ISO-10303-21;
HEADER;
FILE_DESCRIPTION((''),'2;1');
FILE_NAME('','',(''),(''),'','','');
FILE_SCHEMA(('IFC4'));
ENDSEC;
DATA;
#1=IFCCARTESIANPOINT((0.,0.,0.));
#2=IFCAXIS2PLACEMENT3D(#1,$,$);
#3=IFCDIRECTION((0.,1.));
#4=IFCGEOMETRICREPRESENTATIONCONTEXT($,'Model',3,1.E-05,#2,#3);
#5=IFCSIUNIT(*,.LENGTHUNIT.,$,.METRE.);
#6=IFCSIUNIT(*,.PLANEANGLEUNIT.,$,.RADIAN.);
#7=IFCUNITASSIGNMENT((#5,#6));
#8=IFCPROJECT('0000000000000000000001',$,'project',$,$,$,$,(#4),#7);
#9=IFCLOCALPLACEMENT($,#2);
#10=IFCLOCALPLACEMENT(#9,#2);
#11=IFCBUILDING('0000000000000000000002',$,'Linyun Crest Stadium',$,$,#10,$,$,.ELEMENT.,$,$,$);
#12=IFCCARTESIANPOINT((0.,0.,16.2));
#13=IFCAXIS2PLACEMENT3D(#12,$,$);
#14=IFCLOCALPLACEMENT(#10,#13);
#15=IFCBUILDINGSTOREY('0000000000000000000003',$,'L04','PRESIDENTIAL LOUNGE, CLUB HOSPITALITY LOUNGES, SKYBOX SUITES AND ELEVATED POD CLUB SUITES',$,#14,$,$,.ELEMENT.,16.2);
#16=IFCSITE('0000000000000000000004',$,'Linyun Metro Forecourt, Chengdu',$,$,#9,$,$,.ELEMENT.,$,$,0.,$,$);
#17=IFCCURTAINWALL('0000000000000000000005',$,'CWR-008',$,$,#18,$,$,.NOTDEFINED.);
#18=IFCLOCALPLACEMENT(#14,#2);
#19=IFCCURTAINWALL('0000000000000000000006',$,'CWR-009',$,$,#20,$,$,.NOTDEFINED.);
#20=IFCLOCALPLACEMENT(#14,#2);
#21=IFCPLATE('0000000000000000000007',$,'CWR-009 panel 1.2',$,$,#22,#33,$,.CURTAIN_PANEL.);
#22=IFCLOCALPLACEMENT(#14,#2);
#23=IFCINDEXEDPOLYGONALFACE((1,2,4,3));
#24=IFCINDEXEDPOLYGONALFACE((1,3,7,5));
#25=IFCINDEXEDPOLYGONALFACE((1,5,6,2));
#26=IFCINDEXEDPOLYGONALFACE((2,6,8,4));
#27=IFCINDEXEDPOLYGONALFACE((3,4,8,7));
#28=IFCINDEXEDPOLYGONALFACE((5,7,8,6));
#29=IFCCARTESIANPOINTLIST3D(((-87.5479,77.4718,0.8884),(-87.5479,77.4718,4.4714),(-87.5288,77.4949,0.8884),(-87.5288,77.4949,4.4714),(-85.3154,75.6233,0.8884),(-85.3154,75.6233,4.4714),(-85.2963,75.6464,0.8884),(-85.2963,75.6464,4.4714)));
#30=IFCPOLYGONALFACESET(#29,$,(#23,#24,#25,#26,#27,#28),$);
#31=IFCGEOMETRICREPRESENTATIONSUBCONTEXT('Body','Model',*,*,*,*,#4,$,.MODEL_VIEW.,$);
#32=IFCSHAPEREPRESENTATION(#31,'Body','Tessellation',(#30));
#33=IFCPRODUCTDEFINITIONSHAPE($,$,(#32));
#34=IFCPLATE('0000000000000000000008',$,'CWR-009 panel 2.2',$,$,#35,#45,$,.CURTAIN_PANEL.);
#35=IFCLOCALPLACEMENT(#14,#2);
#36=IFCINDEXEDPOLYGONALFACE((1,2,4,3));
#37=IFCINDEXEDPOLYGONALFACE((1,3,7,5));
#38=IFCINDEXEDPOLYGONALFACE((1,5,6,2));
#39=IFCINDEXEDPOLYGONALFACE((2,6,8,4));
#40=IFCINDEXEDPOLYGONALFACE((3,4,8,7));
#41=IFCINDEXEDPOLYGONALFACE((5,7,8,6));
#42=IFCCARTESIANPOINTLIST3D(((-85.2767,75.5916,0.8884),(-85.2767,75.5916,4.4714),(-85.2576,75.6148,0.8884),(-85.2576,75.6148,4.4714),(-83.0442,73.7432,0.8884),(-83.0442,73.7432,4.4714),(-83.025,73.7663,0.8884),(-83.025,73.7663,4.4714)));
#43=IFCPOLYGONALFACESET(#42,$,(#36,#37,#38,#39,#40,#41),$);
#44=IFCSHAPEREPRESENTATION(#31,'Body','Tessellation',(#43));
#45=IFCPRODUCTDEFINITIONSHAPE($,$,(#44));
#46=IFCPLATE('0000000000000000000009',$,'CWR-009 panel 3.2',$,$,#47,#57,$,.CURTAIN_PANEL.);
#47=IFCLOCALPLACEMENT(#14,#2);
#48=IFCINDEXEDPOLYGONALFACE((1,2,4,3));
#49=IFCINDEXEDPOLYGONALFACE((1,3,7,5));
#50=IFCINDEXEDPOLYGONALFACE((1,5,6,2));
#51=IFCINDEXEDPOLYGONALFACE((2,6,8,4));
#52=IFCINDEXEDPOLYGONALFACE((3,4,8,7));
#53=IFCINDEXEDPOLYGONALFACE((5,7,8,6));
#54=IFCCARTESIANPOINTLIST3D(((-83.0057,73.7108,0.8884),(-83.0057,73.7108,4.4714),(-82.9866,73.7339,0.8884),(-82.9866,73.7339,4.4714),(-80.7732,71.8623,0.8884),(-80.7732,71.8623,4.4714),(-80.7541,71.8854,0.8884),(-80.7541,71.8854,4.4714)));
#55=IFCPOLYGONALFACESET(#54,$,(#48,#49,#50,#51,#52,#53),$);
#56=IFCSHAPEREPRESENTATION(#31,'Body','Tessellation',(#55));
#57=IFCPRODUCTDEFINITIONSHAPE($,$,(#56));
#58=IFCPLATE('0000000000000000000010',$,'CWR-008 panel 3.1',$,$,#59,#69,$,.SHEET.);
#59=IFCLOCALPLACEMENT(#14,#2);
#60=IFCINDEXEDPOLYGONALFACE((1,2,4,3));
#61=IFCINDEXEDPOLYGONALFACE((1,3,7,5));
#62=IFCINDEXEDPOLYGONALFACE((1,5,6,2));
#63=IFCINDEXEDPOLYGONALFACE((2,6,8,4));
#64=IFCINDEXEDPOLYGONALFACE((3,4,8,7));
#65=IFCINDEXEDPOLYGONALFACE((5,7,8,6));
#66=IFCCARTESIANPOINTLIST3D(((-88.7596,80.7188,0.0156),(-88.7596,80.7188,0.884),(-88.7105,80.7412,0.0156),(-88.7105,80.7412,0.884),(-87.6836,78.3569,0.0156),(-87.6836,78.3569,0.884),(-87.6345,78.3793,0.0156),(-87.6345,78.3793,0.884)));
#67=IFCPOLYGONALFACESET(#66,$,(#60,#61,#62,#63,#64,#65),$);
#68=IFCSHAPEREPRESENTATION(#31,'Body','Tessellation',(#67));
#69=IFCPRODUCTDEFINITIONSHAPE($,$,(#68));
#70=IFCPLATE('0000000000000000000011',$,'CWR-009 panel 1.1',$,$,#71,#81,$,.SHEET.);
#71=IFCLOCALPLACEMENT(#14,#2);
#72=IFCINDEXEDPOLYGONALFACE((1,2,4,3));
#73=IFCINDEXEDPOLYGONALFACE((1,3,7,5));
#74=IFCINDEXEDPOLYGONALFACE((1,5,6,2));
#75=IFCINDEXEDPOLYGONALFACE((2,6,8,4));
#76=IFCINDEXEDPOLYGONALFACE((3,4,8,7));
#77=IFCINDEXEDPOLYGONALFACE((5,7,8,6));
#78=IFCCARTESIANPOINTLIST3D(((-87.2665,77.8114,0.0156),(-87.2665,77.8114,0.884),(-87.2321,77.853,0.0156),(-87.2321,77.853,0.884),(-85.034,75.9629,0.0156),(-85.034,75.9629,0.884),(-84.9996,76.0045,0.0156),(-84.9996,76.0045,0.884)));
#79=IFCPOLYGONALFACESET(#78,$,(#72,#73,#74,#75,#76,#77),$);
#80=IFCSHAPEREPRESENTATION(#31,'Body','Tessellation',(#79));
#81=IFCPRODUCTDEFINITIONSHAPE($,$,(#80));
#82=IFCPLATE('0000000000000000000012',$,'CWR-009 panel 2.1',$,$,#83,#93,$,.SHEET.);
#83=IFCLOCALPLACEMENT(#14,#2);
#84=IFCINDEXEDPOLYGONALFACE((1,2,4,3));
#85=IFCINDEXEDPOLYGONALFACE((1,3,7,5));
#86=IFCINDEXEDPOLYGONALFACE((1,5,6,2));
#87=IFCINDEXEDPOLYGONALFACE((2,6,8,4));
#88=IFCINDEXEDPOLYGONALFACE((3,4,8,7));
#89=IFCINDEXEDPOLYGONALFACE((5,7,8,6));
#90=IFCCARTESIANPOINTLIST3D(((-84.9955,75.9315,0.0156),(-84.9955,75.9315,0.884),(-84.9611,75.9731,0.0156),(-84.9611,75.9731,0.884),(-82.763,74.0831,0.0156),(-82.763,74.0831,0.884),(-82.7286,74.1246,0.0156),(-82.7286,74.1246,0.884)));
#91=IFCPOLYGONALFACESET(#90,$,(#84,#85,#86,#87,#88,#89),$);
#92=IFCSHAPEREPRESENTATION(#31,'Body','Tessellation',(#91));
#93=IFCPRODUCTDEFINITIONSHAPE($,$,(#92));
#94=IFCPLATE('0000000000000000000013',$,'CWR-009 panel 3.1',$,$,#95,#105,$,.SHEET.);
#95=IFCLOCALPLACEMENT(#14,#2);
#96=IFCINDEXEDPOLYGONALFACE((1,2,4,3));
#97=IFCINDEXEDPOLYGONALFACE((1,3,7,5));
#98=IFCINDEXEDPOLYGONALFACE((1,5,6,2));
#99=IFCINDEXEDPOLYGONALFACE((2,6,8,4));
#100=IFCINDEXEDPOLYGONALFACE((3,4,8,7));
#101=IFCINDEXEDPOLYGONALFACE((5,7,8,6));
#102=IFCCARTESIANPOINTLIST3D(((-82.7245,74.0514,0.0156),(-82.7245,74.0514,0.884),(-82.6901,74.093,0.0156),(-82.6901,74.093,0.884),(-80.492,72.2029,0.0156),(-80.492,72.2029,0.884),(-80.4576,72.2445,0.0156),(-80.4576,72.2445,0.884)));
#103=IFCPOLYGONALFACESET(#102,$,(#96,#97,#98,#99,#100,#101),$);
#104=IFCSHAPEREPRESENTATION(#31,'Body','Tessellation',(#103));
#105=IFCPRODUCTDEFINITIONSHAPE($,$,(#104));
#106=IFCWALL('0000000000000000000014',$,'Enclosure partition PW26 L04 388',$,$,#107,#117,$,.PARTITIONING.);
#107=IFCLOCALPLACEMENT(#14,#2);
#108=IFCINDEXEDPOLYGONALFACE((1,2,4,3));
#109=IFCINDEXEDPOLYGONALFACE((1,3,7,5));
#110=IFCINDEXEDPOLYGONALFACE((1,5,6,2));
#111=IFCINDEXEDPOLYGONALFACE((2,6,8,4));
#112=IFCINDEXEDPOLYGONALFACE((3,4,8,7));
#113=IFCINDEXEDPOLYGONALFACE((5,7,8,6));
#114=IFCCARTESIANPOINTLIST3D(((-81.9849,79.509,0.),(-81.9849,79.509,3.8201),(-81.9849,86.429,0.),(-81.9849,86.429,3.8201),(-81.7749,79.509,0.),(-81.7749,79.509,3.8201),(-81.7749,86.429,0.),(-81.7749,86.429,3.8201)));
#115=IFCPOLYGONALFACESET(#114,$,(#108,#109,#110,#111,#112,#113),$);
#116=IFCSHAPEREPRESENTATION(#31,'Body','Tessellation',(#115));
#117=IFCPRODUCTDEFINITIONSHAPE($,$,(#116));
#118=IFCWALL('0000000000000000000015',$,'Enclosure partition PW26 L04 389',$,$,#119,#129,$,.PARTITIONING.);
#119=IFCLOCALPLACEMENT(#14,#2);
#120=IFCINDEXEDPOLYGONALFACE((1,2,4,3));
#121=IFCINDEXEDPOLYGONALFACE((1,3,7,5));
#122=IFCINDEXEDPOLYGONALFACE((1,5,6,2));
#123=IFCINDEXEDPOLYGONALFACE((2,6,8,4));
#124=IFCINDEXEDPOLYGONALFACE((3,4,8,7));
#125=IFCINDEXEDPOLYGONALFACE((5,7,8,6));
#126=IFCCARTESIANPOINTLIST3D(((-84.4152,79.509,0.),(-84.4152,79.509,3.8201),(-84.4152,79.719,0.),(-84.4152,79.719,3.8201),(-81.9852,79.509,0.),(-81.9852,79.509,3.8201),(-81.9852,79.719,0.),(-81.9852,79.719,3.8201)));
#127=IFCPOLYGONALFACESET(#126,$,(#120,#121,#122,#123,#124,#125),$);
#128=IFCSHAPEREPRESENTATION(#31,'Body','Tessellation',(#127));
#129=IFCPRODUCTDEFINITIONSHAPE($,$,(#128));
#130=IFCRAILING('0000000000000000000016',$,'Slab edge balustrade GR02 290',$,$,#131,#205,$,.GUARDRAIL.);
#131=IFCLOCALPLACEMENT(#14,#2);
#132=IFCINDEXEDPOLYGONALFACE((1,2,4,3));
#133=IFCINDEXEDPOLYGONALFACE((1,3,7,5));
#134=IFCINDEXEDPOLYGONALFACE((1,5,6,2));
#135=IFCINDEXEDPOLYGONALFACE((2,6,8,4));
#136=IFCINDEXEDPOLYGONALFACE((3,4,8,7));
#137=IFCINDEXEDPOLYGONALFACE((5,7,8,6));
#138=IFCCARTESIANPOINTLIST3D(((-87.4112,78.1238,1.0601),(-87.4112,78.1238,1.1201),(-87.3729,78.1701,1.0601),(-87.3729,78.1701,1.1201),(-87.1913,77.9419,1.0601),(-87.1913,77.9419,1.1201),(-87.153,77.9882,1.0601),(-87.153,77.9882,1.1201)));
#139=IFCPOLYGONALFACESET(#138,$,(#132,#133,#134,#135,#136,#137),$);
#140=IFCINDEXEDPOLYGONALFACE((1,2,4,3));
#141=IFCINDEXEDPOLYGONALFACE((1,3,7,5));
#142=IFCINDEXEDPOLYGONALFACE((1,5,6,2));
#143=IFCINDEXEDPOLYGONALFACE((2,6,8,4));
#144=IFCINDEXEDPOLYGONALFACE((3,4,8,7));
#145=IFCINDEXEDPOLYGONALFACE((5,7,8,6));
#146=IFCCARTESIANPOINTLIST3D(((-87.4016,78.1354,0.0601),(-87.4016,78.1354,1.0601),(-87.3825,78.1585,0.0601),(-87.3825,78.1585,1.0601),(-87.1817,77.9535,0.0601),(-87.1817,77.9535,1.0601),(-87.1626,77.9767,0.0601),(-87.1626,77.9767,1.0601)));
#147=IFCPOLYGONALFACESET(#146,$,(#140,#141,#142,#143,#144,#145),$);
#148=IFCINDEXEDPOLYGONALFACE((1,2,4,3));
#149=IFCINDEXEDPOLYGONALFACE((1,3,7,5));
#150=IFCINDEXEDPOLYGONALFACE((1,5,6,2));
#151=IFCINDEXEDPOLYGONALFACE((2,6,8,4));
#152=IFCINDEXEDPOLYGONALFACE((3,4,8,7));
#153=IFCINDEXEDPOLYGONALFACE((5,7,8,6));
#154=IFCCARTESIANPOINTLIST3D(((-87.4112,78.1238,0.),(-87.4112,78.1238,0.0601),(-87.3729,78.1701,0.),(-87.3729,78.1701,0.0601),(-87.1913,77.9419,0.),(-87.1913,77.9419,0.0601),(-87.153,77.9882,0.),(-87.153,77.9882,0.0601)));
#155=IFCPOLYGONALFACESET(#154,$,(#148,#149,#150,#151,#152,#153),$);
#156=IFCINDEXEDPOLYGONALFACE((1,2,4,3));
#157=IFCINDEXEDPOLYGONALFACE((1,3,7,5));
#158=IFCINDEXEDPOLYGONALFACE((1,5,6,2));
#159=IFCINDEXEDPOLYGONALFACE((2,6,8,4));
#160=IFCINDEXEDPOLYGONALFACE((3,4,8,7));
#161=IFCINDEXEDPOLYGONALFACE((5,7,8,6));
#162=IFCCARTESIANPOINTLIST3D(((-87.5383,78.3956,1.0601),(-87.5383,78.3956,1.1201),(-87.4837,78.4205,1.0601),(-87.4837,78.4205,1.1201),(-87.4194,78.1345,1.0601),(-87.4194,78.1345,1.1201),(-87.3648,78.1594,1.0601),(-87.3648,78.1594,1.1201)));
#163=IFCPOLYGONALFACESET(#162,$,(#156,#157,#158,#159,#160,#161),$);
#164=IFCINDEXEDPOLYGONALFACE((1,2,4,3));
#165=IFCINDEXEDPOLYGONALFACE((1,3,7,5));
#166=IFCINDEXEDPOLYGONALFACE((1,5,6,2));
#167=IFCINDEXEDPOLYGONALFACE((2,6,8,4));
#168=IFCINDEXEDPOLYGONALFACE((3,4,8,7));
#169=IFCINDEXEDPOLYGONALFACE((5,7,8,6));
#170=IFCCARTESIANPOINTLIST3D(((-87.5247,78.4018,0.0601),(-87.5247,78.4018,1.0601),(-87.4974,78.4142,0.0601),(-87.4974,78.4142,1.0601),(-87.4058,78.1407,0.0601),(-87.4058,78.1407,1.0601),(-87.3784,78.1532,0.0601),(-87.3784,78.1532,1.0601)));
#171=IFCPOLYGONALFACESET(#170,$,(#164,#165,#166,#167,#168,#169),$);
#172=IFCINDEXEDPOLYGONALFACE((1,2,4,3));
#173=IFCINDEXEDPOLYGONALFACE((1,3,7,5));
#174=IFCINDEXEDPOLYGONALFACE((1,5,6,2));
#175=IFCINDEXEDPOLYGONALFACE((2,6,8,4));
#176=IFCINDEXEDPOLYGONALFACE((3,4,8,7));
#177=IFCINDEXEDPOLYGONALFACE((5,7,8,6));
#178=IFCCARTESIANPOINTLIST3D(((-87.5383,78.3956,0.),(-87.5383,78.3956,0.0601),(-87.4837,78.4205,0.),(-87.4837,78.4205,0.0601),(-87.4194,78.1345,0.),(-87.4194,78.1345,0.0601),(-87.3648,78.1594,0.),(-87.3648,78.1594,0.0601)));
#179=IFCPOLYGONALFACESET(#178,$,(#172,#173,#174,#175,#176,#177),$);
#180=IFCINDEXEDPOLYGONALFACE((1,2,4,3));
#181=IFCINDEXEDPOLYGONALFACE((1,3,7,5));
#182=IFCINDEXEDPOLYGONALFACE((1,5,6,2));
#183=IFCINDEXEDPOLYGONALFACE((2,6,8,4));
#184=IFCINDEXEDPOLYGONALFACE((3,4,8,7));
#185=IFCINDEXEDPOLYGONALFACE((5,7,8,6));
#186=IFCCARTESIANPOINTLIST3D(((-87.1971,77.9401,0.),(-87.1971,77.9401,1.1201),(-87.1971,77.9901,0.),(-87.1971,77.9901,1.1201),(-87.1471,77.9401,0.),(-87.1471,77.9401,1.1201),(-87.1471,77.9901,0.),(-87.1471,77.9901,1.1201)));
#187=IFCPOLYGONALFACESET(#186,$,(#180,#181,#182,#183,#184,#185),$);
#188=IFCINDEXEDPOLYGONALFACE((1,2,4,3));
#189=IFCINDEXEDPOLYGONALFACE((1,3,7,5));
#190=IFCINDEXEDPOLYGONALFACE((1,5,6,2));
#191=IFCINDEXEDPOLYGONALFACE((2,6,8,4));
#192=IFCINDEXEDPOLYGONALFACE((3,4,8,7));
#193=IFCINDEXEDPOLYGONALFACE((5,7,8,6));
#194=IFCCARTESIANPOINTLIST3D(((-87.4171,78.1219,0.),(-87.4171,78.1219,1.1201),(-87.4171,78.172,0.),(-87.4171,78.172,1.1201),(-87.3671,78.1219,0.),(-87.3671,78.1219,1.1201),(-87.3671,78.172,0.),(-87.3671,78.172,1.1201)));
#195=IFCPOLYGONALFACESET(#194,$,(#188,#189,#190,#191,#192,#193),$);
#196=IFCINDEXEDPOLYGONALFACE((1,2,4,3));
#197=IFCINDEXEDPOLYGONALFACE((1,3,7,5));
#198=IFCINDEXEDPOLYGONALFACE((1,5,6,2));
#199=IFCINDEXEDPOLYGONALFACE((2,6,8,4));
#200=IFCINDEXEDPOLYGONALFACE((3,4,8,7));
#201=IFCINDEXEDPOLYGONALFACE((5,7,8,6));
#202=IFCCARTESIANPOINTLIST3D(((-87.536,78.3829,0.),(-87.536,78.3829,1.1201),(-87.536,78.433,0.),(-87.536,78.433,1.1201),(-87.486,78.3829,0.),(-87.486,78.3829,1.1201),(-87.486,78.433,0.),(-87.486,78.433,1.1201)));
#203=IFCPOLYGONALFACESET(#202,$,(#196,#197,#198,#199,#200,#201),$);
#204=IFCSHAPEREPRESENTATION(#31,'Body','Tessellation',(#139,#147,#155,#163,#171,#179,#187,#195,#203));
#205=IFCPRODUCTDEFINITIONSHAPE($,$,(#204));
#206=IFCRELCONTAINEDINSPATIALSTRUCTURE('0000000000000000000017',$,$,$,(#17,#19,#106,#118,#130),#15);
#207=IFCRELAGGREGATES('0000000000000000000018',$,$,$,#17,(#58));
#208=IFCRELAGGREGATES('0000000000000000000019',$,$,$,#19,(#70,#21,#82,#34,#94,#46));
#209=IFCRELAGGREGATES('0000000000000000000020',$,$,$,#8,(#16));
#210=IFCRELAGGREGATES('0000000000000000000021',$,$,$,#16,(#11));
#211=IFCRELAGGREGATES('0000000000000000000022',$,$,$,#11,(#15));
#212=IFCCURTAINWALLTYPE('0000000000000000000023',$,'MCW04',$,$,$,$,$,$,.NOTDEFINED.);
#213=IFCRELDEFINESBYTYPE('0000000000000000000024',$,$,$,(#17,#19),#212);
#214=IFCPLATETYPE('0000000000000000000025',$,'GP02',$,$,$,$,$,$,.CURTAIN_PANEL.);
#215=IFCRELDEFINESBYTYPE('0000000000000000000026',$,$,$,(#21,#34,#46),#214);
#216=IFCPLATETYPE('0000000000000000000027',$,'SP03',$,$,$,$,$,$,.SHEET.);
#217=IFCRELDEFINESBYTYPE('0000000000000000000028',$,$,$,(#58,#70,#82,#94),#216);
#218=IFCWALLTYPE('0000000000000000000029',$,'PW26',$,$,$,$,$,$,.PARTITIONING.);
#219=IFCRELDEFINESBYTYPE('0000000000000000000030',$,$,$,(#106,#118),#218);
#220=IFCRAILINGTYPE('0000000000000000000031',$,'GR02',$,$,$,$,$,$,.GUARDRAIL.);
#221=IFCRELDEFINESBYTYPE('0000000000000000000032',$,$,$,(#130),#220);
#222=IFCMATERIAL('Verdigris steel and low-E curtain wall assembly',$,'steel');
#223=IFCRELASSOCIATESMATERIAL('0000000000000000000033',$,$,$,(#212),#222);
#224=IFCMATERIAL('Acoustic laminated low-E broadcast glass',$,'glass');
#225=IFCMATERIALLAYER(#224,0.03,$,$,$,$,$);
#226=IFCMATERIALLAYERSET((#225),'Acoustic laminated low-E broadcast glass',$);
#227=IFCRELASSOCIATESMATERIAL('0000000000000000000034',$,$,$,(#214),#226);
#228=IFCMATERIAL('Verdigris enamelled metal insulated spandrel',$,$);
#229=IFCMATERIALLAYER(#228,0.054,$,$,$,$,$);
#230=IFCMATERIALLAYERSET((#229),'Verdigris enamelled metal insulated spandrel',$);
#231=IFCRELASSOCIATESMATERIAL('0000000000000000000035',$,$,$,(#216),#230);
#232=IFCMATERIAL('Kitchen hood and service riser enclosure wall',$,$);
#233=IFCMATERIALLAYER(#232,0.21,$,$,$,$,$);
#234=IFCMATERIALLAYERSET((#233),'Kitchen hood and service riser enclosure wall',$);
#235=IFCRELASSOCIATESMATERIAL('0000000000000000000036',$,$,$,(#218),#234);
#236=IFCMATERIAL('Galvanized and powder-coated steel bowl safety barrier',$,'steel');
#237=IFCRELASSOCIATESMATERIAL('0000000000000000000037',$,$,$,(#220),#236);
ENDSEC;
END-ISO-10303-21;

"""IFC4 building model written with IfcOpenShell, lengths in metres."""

from ifc_helpers import new_model, si_unit, direction, frame, frame_2d, origin, origin_2d, place, context, subcontext, project, spatial, rectangle, extrude, material, layer, layer_set, type_object, element, aggregate, save


model = new_model("IFC4")

# Units and contexts
model_context = context("Model", 3, precision=1e-05, world=origin(), true_north=direction((0.0, 1.0)))
body_context = subcontext(model_context, "Body", "Model", "MODEL_VIEW")
ifc_project = project(units=[si_unit("LENGTHUNIT", "METRE"), si_unit("PLANEANGLEUNIT", "RADIAN")], contexts=[model_context])

# Site, building, storey
site_placement = place(None, origin())
site = spatial("IfcSite", under=ifc_project, at=site_placement, Name="Linyun Metro Forecourt, Chengdu", CompositionType="ELEMENT", RefElevation=0.0)
building_placement = place(site_placement, origin())
building = spatial("IfcBuilding", under=site, at=building_placement, Name="Linyun Crest Stadium", CompositionType="ELEMENT")
storey_placement = place(building_placement, frame((0.0, 0.0, 16.2)))
storey = spatial("IfcBuildingStorey", under=building, at=storey_placement, Name="L04", Description="PRESIDENTIAL LOUNGE, CLUB HOSPITALITY LOUNGES, SKYBOX SUITES AND ELEVATED POD CLUB SUITES", CompositionType="ELEMENT", Elevation=16.2)

# Curtain wall
ifc_material_1 = material(Name="Verdigris steel and low-E curtain wall assembly", Category="steel")
curtain_wall_type = type_object("IfcCurtainWallType", Name="MCW04", PredefinedType="NOTDEFINED", material=ifc_material_1)
curtain_wall_1_placement = place(storey_placement, origin())
curtain_wall_1 = element("IfcCurtainWall", 1, at=curtain_wall_1_placement, inside=storey, type_object=curtain_wall_type, Name="CWR-008", PredefinedType="NOTDEFINED")

# Curtain wall
curtain_wall_2_placement = place(storey_placement, origin())
curtain_wall_2 = element("IfcCurtainWall", 2, at=curtain_wall_2_placement, inside=storey, type_object=curtain_wall_type, Name="CWR-009", PredefinedType="NOTDEFINED")

# Plates
ifc_material_2 = material(Name="Acoustic laminated low-E broadcast glass", Category="glass")
ifc_layer_1 = layer(ifc_material_2, 0.03)
ifc_layer_set_1 = layer_set([ifc_layer_1], Name="Acoustic laminated low-E broadcast glass")
plate_type_1 = type_object("IfcPlateType", Name="GP02", PredefinedType="CURTAIN_PANEL", material=ifc_layer_set_1)
plate_1_placement = place(storey_placement, frame((-86.4221, 76.5591, 0.8884), z_axis=(0.0, 0.0, 1.0), x_axis=(0.770246, -0.637747, 0.0)))
plate_1 = element("IfcPlate", 3, at=plate_1_placement, type_object=plate_type_1, Name="CWR-009 panel 1.2", PredefinedType="CURTAIN_PANEL", context=body_context, shape_type="SweptSolid", body=[
    extrude(rectangle(XDim=2.8984, YDim=0.03, at=origin_2d()), origin(), (0.0, 0.0, 1.0), 3.583),
])
plate_2_placement = place(storey_placement, frame((-84.1509, 74.679, 0.8884), z_axis=(0.0, 0.0, 1.0), x_axis=(0.770246, -0.637747, 0.0)))
plate_2 = element("IfcPlate", 4, at=plate_2_placement, type_object=plate_type_1, Name="CWR-009 panel 2.2", PredefinedType="CURTAIN_PANEL", context=body_context, shape_type="SweptSolid", body=[
    extrude(rectangle(XDim=2.8984, YDim=0.03, at=origin_2d()), origin(), (0.0, 0.0, 1.0), 3.583),
])
plate_3_placement = place(storey_placement, frame((-81.8799, 72.7981, 0.8884), z_axis=(0.0, 0.0, 1.0), x_axis=(0.770246, -0.637747, 0.0)))
plate_3 = element("IfcPlate", 5, at=plate_3_placement, type_object=plate_type_1, Name="CWR-009 panel 3.2", PredefinedType="CURTAIN_PANEL", context=body_context, shape_type="SweptSolid", body=[
    extrude(rectangle(XDim=2.8984, YDim=0.03, at=origin_2d()), origin(), (0.0, 0.0, 1.0), 3.583),
])
ifc_material_3 = material(Name="Verdigris enamelled metal insulated spandrel")
ifc_layer_2 = layer(ifc_material_3, 0.054)
ifc_layer_set_2 = layer_set([ifc_layer_2], Name="Verdigris enamelled metal insulated spandrel")
plate_type_2 = type_object("IfcPlateType", Name="SP03", PredefinedType="SHEET", material=ifc_layer_set_2)
plate_4_placement = place(storey_placement, frame((-88.197, 79.5491, 0.0156), z_axis=(0.0, 0.0, 1.0), x_axis=(0.414566, -0.910019, 0.0)))
plate_4 = element("IfcPlate", 6, at=plate_4_placement, type_object=plate_type_2, Name="CWR-008 panel 3.1", PredefinedType="SHEET", context=body_context, shape_type="SweptSolid", body=[
    extrude(rectangle(XDim=2.5955, YDim=0.054, at=origin_2d()), origin(), (0.0, 0.0, 1.0), 0.8684),
])
aggregate(curtain_wall_1, [plate_4])
plate_5_placement = place(storey_placement, frame((-86.1331, 76.908, 0.0156), z_axis=(0.0, 0.0, 1.0), x_axis=(0.770246, -0.637747, 0.0)))
plate_5 = element("IfcPlate", 7, at=plate_5_placement, type_object=plate_type_2, Name="CWR-009 panel 1.1", PredefinedType="SHEET", context=body_context, shape_type="SweptSolid", body=[
    extrude(rectangle(XDim=2.8984, YDim=0.054, at=origin_2d()), origin(), (0.0, 0.0, 1.0), 0.8684),
])
plate_6_placement = place(storey_placement, frame((-83.8621, 75.0281, 0.0156), z_axis=(0.0, 0.0, 1.0), x_axis=(0.770246, -0.637747, 0.0)))
plate_6 = element("IfcPlate", 8, at=plate_6_placement, type_object=plate_type_2, Name="CWR-009 panel 2.1", PredefinedType="SHEET", context=body_context, shape_type="SweptSolid", body=[
    extrude(rectangle(XDim=2.8984, YDim=0.054, at=origin_2d()), origin(), (0.0, 0.0, 1.0), 0.8684),
])
plate_7_placement = place(storey_placement, frame((-81.5911, 73.1479, 0.0156), z_axis=(0.0, 0.0, 1.0), x_axis=(0.770246, -0.637747, 0.0)))
plate_7 = element("IfcPlate", 9, at=plate_7_placement, type_object=plate_type_2, Name="CWR-009 panel 3.1", PredefinedType="SHEET", context=body_context, shape_type="SweptSolid", body=[
    extrude(rectangle(XDim=2.8984, YDim=0.054, at=origin_2d()), origin(), (0.0, 0.0, 1.0), 0.8684),
])
aggregate(curtain_wall_2, [plate_5, plate_1, plate_6, plate_2, plate_7, plate_3])

# Shared definitions
ifc_material_4 = material(Name="Kitchen hood and service riser enclosure wall")
ifc_layer_3 = layer(ifc_material_4, 0.21)
ifc_layer_set_3 = layer_set([ifc_layer_3], Name="Kitchen hood and service riser enclosure wall")
wall_type = type_object("IfcWallType", Name="PW26", PredefinedType="PARTITIONING", material=ifc_layer_set_3)

# Walls
wall_1_placement = place(storey_placement, frame((-81.8799, 79.509, 0.0), z_axis=(0.0, 0.0, 1.0), x_axis=(0.0, 1.0, 0.0)))
element("IfcWall", 10, at=wall_1_placement, inside=storey, type_object=wall_type, Name="Enclosure partition PW26 L04 388", PredefinedType="PARTITIONING", context=body_context, shape_type="SweptSolid", body=[
    extrude(rectangle(XDim=6.9199, YDim=0.21, at=frame_2d((3.46, 0.0))), origin(), (0.0, 0.0, 1.0), 3.8201),
])
wall_2_placement = place(storey_placement, frame((-84.415, 79.614, 0.0), z_axis=(0.0, 0.0, 1.0), x_axis=(1.0, 0.0, 0.0)))
element("IfcWall", 11, at=wall_2_placement, inside=storey, type_object=wall_type, Name="Enclosure partition PW26 L04 389", PredefinedType="PARTITIONING", context=body_context, shape_type="SweptSolid", body=[
    extrude(rectangle(XDim=2.4299, YDim=0.21, at=frame_2d((1.2148, 0.0))), origin(), (0.0, 0.0, 1.0), 3.8201),
])

# Railing
ifc_material_5 = material(Name="Galvanized and powder-coated steel bowl safety barrier", Category="steel")
railing_type = type_object("IfcRailingType", Name="GR02", PredefinedType="GUARDRAIL", material=ifc_material_5)
railing_placement = place(storey_placement, frame((-87.1721, 77.9651, 0.0)))
element("IfcRailing", 12, at=railing_placement, inside=storey, type_object=railing_type, Name="Slab edge balustrade GR02 290", PredefinedType="GUARDRAIL", context=body_context, shape_type="SweptSolid", body=[
    extrude(rectangle(XDim=0.0601, YDim=0.0601, at=origin_2d()), frame((0.0, 0.0, 1.0901), z_axis=(-0.77067, 0.637235, 0.0), x_axis=(-0.637235, -0.77067, 0.0)), (0.0, 0.0, 1.0), 0.2854),
    extrude(rectangle(XDim=0.03, YDim=1.0, at=origin_2d()), frame((0.0, 0.0, 0.5601), z_axis=(-0.77067, 0.637235, 0.0), x_axis=(-0.637235, -0.77067, 0.0)), (0.0, 0.0, 1.0), 0.2854),
    extrude(rectangle(XDim=0.0601, YDim=0.0601, at=origin_2d()), frame((0.0, 0.0, 0.03), z_axis=(-0.77067, 0.637235, 0.0), x_axis=(-0.637235, -0.77067, 0.0)), (0.0, 0.0, 1.0), 0.2854),
    extrude(rectangle(XDim=0.0601, YDim=0.0601, at=origin_2d()), frame((-0.22, 0.1819, 1.0901), z_axis=(-0.414572, 0.910016, 0.0), x_axis=(-0.910016, -0.414572, 0.0)), (0.0, 0.0, 1.0), 0.2869),
    extrude(rectangle(XDim=0.03, YDim=1.0, at=origin_2d()), frame((-0.22, 0.1819, 0.5601), z_axis=(-0.414572, 0.910016, 0.0), x_axis=(-0.910016, -0.414572, 0.0)), (0.0, 0.0, 1.0), 0.2869),
    extrude(rectangle(XDim=0.0601, YDim=0.0601, at=origin_2d()), frame((-0.22, 0.1819, 0.03), z_axis=(-0.414572, 0.910016, 0.0), x_axis=(-0.910016, -0.414572, 0.0)), (0.0, 0.0, 1.0), 0.2869),
    extrude(rectangle(XDim=0.05, YDim=0.05, at=origin_2d()), origin(), (0.0, 0.0, 1.0), 1.1201),
    extrude(rectangle(XDim=0.05, YDim=0.05, at=origin_2d()), frame((-0.22, 0.1819, 0.0)), (0.0, 0.0, 1.0), 1.1201),
    extrude(rectangle(XDim=0.05, YDim=0.05, at=origin_2d()), frame((-0.3389, 0.4429, 0.0)), (0.0, 0.0, 1.0), 1.1201),
])

save(model, "model.ifc")
